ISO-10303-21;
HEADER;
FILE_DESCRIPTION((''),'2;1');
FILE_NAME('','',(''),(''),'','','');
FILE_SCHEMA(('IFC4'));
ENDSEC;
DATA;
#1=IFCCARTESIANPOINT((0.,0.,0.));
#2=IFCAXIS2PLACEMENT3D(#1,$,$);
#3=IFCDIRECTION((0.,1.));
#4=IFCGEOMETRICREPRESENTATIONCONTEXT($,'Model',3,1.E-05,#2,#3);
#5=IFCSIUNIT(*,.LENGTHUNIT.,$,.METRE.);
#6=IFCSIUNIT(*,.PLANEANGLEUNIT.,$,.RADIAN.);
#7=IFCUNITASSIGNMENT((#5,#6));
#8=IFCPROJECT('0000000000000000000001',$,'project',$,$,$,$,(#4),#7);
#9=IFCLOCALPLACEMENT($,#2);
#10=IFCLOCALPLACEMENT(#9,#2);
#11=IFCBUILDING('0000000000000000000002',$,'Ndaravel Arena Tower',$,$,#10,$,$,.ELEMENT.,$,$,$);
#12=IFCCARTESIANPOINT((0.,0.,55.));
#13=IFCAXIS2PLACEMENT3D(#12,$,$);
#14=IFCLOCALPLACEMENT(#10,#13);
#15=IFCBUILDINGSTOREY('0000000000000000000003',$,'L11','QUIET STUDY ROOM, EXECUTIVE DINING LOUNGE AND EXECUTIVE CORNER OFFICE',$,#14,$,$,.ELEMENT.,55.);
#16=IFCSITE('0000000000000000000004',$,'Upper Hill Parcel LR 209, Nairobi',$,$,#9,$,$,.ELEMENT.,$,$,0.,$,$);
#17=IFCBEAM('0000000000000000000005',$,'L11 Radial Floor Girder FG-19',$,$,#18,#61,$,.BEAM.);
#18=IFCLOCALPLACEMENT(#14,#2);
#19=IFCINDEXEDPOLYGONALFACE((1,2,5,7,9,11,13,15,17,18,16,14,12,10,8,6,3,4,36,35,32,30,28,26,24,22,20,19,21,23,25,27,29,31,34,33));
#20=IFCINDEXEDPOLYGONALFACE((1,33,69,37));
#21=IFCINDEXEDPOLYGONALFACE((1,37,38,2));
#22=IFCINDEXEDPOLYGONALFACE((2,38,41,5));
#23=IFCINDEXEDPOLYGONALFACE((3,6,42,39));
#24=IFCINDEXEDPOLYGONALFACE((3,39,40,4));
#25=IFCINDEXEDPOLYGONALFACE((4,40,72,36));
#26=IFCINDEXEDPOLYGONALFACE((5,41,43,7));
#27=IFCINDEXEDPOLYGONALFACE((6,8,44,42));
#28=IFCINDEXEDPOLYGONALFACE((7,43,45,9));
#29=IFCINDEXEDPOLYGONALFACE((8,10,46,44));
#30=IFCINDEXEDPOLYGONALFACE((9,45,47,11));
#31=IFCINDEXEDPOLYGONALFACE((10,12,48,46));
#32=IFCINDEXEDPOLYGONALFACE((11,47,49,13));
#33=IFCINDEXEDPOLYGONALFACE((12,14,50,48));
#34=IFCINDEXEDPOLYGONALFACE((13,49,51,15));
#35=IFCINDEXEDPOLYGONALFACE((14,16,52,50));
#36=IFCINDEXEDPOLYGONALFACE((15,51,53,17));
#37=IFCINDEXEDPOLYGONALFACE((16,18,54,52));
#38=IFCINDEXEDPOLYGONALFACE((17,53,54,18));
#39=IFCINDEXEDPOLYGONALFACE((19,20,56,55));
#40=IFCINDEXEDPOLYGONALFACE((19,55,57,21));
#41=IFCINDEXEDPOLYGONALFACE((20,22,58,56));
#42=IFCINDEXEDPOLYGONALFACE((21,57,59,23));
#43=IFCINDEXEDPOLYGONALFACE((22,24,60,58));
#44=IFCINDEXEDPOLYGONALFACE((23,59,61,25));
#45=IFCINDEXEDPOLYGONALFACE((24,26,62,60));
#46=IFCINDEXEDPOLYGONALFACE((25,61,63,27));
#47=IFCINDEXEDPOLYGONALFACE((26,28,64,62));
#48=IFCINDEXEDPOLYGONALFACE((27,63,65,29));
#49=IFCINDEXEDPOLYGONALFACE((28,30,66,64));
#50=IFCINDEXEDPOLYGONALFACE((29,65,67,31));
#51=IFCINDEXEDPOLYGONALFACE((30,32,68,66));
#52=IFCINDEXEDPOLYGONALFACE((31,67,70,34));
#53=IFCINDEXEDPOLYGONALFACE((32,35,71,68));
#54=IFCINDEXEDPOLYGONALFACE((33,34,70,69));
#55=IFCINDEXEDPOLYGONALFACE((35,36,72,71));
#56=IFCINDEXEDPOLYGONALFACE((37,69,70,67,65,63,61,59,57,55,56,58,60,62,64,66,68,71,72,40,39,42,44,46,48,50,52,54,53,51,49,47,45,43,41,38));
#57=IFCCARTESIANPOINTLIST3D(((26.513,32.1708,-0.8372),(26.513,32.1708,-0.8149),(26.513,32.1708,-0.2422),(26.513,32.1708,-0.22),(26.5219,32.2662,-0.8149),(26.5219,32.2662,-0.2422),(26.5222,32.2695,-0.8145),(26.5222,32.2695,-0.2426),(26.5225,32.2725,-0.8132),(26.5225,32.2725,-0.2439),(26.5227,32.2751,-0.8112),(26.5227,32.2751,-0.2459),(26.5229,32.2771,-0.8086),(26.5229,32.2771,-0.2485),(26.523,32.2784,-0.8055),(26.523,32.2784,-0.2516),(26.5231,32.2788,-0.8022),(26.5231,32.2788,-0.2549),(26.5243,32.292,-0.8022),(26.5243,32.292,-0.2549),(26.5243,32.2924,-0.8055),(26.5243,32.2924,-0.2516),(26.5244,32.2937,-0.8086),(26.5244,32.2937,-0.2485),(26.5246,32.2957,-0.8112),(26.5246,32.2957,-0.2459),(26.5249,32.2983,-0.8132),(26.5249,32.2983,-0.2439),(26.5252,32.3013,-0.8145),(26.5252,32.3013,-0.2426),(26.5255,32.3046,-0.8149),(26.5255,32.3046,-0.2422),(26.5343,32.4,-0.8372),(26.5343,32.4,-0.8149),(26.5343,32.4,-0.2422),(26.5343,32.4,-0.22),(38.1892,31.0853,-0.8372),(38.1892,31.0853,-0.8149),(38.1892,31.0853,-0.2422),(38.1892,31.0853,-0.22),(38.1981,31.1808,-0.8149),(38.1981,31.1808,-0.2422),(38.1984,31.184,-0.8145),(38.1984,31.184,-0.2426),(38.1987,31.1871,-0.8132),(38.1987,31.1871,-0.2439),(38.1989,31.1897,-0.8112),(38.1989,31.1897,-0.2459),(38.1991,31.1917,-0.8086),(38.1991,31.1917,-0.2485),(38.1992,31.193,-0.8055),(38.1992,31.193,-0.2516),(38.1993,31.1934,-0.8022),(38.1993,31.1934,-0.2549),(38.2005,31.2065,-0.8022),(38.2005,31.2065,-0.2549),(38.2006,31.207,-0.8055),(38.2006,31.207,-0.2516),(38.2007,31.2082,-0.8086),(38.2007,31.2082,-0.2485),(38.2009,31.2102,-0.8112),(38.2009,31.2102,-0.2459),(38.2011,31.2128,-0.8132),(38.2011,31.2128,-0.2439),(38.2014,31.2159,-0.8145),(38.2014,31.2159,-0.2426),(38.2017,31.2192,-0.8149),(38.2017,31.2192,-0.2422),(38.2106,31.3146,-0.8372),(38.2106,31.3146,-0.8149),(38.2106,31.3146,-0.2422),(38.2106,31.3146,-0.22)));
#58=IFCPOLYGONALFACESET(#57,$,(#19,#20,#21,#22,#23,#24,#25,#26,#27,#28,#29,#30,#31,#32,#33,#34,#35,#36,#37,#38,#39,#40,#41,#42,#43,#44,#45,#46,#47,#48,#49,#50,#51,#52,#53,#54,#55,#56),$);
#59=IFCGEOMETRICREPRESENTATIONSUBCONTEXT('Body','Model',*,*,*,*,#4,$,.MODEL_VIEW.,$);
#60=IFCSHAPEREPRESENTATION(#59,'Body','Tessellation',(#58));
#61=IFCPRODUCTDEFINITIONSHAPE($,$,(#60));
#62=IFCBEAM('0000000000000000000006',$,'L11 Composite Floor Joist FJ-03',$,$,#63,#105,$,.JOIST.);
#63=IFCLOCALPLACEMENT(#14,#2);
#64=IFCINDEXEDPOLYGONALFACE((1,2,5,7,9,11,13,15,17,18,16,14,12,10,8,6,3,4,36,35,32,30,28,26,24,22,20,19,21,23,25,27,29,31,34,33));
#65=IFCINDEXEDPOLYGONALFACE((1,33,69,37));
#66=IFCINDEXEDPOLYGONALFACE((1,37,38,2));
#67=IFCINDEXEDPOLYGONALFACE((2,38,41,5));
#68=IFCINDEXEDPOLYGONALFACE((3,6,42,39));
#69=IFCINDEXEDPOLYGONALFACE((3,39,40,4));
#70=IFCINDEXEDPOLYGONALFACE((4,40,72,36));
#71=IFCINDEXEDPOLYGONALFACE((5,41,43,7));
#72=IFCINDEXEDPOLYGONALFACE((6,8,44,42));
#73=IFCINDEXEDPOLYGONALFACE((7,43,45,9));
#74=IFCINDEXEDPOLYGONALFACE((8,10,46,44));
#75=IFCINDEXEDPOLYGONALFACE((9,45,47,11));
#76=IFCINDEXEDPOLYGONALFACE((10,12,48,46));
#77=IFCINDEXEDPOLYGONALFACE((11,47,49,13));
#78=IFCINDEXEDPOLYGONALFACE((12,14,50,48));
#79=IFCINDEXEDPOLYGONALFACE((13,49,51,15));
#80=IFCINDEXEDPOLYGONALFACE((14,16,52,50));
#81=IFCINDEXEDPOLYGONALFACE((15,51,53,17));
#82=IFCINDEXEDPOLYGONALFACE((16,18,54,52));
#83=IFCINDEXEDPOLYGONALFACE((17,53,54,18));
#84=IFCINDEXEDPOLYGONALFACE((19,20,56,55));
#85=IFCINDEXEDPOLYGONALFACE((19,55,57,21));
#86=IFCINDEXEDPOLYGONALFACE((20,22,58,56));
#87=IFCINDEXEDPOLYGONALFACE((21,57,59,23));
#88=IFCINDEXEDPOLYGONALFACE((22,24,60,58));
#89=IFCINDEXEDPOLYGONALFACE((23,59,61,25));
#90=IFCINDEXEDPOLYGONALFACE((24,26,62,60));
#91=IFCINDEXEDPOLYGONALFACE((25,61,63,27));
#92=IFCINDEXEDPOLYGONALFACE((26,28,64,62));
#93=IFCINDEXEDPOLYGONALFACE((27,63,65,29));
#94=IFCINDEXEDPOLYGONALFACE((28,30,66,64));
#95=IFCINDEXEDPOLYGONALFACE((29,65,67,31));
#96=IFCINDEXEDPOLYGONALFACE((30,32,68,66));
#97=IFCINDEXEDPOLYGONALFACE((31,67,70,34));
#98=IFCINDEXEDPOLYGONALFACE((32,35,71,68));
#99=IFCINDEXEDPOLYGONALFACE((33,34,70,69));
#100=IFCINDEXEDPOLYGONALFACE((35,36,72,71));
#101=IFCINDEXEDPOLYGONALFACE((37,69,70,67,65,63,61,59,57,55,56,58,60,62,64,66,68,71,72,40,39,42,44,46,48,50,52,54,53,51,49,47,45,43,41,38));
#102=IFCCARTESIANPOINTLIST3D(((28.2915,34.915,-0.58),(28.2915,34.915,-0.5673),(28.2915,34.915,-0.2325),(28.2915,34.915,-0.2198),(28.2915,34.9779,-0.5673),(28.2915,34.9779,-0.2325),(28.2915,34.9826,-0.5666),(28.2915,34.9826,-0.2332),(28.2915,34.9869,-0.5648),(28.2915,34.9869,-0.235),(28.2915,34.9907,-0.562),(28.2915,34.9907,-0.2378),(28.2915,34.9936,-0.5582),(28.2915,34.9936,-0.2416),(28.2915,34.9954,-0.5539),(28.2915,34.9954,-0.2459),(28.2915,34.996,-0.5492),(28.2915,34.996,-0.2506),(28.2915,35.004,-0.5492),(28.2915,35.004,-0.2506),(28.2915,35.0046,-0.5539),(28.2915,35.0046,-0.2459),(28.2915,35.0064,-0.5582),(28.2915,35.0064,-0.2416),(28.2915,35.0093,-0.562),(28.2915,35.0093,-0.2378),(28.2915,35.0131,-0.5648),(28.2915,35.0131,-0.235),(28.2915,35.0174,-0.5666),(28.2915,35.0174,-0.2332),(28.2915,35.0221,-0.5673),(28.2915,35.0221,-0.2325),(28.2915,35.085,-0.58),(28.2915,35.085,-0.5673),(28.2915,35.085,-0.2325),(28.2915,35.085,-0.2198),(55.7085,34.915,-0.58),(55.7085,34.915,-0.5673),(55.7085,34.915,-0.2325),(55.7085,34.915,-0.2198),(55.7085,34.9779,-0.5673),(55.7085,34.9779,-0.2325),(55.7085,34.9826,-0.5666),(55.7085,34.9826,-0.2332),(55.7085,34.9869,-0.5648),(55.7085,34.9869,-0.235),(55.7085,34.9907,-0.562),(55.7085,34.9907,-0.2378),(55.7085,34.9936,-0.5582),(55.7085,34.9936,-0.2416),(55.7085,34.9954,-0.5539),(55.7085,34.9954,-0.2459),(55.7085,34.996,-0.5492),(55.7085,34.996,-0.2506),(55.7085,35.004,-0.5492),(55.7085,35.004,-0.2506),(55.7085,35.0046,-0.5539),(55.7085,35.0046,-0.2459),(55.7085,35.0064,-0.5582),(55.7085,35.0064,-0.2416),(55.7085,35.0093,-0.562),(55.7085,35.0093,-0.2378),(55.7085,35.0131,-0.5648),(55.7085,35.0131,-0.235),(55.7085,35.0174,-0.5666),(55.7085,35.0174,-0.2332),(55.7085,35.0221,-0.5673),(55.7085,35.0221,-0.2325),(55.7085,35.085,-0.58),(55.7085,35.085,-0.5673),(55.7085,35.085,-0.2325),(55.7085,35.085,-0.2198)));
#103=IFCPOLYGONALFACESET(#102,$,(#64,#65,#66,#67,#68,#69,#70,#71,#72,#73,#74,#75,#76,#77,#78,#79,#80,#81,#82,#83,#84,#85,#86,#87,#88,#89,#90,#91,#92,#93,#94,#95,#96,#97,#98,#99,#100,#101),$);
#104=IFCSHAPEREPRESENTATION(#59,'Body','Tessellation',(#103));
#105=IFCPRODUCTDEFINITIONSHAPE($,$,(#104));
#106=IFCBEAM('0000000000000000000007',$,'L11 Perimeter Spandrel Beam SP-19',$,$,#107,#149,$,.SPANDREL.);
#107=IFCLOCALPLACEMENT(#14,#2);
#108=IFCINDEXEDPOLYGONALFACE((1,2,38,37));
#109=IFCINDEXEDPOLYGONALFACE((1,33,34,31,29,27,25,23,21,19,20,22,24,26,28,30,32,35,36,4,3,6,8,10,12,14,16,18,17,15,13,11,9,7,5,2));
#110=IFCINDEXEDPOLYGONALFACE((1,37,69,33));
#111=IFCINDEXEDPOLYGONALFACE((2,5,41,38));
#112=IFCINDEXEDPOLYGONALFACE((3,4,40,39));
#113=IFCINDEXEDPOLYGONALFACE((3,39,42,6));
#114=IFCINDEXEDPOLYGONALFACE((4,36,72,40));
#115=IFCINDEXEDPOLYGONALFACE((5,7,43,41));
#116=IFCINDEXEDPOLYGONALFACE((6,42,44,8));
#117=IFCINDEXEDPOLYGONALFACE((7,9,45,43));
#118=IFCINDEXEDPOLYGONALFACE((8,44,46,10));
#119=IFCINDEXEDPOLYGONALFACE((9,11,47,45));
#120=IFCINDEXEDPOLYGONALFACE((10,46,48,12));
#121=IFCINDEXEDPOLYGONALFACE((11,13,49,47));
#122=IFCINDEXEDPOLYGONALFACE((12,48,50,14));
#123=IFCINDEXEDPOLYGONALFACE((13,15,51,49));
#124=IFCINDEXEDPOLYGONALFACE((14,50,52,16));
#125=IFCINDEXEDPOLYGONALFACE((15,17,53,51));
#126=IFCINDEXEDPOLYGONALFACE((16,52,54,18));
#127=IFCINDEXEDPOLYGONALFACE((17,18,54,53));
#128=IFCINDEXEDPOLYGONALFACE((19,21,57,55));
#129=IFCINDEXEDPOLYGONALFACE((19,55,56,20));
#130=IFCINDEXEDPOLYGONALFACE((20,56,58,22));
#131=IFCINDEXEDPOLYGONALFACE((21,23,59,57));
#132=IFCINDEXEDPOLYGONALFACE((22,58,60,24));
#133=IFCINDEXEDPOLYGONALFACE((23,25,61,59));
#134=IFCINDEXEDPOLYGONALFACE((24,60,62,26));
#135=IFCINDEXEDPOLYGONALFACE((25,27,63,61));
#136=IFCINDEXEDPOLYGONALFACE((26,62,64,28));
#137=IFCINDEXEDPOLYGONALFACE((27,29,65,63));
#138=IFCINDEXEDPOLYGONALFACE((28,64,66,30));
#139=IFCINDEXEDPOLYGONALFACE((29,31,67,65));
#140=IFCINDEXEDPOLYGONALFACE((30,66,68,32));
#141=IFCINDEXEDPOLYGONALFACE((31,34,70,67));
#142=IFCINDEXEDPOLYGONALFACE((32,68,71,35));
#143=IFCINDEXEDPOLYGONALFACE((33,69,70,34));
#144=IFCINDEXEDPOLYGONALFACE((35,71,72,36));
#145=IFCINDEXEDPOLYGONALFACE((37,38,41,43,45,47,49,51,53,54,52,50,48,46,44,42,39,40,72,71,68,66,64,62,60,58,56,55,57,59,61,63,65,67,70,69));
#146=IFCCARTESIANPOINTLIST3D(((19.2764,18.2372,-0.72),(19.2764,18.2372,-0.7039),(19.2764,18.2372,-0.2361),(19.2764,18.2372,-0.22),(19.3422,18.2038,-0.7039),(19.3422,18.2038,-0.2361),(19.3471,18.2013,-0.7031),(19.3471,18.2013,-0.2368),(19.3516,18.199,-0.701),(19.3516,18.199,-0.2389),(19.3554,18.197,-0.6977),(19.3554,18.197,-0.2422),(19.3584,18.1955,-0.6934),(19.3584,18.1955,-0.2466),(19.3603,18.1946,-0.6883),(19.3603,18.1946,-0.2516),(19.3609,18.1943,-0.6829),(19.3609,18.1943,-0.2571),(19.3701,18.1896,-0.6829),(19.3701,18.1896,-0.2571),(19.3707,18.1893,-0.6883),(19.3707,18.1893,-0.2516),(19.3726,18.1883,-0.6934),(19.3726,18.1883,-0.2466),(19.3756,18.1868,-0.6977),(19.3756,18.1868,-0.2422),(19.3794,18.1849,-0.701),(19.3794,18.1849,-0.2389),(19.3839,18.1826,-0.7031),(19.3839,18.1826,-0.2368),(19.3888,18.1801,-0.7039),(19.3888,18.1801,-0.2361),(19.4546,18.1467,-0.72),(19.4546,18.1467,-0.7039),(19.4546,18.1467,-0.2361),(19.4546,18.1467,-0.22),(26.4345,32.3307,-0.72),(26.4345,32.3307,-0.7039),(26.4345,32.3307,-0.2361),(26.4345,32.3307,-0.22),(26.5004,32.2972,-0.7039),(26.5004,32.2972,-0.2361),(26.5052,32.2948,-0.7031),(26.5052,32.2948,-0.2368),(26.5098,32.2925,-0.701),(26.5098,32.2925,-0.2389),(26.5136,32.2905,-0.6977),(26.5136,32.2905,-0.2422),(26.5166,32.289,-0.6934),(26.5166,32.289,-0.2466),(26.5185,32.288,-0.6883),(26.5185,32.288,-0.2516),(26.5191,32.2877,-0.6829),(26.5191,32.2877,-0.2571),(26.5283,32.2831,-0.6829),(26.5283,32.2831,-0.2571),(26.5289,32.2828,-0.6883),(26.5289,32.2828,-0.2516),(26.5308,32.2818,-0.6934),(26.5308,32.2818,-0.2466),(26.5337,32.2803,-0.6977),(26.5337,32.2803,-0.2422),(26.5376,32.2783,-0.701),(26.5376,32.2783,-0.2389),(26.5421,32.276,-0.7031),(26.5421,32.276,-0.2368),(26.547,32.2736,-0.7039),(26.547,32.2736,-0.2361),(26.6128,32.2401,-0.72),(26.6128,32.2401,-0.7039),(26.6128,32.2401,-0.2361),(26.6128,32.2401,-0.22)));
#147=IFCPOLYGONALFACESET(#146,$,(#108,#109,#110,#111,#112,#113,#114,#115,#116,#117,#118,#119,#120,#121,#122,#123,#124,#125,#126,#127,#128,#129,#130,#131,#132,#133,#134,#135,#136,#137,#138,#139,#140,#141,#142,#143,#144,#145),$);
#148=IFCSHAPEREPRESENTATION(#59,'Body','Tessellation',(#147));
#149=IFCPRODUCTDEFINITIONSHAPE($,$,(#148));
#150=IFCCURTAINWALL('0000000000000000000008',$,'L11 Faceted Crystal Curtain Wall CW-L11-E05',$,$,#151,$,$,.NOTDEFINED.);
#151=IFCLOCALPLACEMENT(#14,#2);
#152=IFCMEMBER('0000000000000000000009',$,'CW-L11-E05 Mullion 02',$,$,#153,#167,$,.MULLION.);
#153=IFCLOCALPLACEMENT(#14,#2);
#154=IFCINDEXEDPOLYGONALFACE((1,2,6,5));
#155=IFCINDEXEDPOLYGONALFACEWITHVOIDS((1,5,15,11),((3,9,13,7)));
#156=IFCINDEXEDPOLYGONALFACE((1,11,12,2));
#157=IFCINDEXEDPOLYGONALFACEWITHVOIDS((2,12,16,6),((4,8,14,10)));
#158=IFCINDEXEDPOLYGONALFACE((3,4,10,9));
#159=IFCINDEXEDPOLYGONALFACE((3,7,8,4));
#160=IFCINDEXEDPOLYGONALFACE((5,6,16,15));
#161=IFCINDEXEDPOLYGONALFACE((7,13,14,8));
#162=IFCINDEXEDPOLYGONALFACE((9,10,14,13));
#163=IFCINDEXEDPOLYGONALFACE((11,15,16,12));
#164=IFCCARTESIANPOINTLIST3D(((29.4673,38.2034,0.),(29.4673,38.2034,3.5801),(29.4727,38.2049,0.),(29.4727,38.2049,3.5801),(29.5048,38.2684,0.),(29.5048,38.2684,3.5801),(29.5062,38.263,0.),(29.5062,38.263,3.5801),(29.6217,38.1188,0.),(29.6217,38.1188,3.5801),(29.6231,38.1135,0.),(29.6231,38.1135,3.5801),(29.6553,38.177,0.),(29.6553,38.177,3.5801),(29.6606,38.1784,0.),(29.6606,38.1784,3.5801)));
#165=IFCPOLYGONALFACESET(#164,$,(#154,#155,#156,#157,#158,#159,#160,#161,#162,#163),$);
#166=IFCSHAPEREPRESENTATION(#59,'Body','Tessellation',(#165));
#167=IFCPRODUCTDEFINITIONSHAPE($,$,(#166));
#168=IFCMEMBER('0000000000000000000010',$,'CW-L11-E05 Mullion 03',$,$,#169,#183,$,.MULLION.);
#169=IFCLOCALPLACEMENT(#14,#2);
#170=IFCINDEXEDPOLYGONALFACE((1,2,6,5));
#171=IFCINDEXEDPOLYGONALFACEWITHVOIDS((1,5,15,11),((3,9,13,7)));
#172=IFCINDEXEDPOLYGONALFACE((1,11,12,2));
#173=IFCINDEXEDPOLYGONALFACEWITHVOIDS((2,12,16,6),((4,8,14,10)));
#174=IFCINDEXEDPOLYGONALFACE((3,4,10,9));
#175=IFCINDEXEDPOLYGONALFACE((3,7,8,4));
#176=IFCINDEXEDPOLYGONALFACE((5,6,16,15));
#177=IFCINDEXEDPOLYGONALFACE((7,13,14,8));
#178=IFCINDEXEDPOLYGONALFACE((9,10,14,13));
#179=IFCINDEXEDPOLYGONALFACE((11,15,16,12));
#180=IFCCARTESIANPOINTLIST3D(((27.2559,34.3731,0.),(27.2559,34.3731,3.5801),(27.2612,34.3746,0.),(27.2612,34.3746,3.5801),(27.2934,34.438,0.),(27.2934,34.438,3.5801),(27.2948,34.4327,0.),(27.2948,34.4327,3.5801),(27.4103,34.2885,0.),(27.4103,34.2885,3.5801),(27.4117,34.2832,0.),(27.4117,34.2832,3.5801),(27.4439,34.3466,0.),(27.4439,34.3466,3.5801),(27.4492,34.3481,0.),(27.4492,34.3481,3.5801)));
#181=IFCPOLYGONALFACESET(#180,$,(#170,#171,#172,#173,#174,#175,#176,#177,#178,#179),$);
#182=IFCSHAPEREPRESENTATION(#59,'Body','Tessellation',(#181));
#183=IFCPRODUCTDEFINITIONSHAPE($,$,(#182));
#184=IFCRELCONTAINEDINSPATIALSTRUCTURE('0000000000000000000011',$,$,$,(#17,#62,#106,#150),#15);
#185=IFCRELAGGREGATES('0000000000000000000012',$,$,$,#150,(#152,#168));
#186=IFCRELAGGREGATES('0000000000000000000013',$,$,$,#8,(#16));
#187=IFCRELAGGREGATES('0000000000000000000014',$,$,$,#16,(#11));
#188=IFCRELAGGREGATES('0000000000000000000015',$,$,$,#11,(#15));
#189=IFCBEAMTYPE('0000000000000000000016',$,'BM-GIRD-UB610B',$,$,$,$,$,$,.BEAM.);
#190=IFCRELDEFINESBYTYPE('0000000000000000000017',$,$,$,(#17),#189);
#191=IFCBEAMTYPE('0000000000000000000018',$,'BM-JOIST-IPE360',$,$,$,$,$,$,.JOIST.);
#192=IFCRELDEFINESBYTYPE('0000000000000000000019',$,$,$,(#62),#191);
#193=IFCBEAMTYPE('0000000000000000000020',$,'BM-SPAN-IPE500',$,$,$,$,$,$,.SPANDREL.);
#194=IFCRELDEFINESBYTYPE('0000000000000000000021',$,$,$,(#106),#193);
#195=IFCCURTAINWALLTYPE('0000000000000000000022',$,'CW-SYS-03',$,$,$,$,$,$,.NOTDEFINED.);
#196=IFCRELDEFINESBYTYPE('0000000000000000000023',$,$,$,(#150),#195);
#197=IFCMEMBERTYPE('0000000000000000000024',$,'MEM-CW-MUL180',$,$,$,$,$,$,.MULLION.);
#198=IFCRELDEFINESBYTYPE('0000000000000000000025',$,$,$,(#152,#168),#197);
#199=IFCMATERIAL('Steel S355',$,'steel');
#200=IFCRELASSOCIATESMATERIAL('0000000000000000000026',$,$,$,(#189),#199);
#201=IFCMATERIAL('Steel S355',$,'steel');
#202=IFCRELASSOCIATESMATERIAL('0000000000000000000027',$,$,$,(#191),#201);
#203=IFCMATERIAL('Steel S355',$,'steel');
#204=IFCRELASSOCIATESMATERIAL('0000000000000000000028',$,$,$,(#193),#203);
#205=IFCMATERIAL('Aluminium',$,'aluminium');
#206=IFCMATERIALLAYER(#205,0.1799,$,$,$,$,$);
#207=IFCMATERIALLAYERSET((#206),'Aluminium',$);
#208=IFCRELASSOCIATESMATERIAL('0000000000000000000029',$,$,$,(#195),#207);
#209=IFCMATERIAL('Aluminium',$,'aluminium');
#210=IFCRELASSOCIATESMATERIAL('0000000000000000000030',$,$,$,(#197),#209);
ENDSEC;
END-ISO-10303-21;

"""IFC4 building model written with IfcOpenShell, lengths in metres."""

from ifc_helpers import new_model, si_unit, direction, frame, origin, origin_2d, place, context, subcontext, project, spatial, hollow_rectangle, i_section, extrude, material, layer, layer_set, material_profile, profile_set, type_object, element, aggregate, save


model = new_model("IFC4")

# Units and contexts
model_context = context("Model", 3, precision=1e-05, world=origin(), true_north=direction((0.0, 1.0)))
body_context = subcontext(model_context, "Body", "Model", "MODEL_VIEW")
ifc_project = project(units=[si_unit("LENGTHUNIT", "METRE"), si_unit("PLANEANGLEUNIT", "RADIAN")], contexts=[model_context])

# Site, building, storey
site_placement = place(None, origin())
site = spatial("IfcSite", under=ifc_project, at=site_placement, Name="Upper Hill Parcel LR 209, Nairobi", CompositionType="ELEMENT", RefElevation=0.0)
building_placement = place(site_placement, origin())
building = spatial("IfcBuilding", under=site, at=building_placement, Name="Ndaravel Arena Tower", CompositionType="ELEMENT")
storey_placement = place(building_placement, frame((0.0, 0.0, 55.0)))
storey = spatial("IfcBuildingStorey", under=building, at=storey_placement, Name="L11", Description="QUIET STUDY ROOM, EXECUTIVE DINING LOUNGE AND EXECUTIVE CORNER OFFICE", CompositionType="ELEMENT", Elevation=55.0)

# Beams
ifc_material_1 = material(Name="Steel S355", Category="steel")
ifc_material_profile_1 = material_profile(ifc_material_1, i_section(OverallWidth=0.2302, OverallDepth=0.6172, WebThickness=0.0132, FlangeThickness=0.0222, FilletRadius=0.0127, at=origin_2d()), Name="UB 610x229x140")
ifc_profile_set_1 = profile_set([ifc_material_profile_1], Name="Steel S355")
beam_type_1 = type_object("IfcBeamType", Name="BM-GIRD-UB610B", PredefinedType="BEAM", material=ifc_profile_set_1)
beam_1_placement = place(storey_placement, frame((26.5237, 32.2854, -0.5286), z_axis=(0.995707, -0.092563, 0.0), x_axis=(0.092563, 0.995707, 0.0)))
element("IfcBeam", 1, at=beam_1_placement, inside=storey, type_object=beam_type_1, Name="L11 Radial Floor Girder FG-19", PredefinedType="BEAM", context=body_context, shape_type="SweptSolid", body=[
    extrude(i_section(OverallWidth=0.2302, OverallDepth=0.6172, WebThickness=0.0132, FlangeThickness=0.0222, FilletRadius=0.0127, at=origin_2d()), origin(), (0.0, 0.0, 1.0), 11.7266),
])
ifc_material_2 = material(Name="Steel S355", Category="steel")
ifc_material_profile_2 = material_profile(ifc_material_2, i_section(OverallWidth=0.1699, OverallDepth=0.3601, WebThickness=0.0081, FlangeThickness=0.0127, FilletRadius=0.0181, at=origin_2d()), Name="IPE 360")
ifc_profile_set_2 = profile_set([ifc_material_profile_2], Name="Steel S355")
beam_type_2 = type_object("IfcBeamType", Name="BM-JOIST-IPE360", PredefinedType="JOIST", material=ifc_profile_set_2)
beam_2_placement = place(storey_placement, frame((28.2915, 35.0, -0.3999), z_axis=(1.0, 0.0, 0.0), x_axis=(0.0, 1.0, 0.0)))
element("IfcBeam", 2, at=beam_2_placement, inside=storey, type_object=beam_type_2, Name="L11 Composite Floor Joist FJ-03", PredefinedType="JOIST", context=body_context, shape_type="SweptSolid", body=[
    extrude(i_section(OverallWidth=0.1699, OverallDepth=0.3601, WebThickness=0.0081, FlangeThickness=0.0127, FilletRadius=0.0181, at=origin_2d()), origin(), (0.0, 0.0, 1.0), 27.417),
])
ifc_material_3 = material(Name="Steel S355", Category="steel")
ifc_material_profile_3 = material_profile(ifc_material_3, i_section(OverallWidth=0.2, OverallDepth=0.5, WebThickness=0.0103, FlangeThickness=0.0161, FilletRadius=0.021, at=origin_2d()), Name="IPE 500")
ifc_profile_set_3 = profile_set([ifc_material_profile_3], Name="Steel S355")
beam_type_3 = type_object("IfcBeamType", Name="BM-SPAN-IPE500", PredefinedType="SPANDREL", material=ifc_profile_set_3)
beam_3_placement = place(storey_placement, frame((26.5237, 32.2854, -0.47), z_axis=(-0.452845, -0.891589, 0.0), x_axis=(0.891589, -0.452845, 0.0)))
element("IfcBeam", 3, at=beam_3_placement, inside=storey, type_object=beam_type_3, Name="L11 Perimeter Spandrel Beam SP-19", PredefinedType="SPANDREL", context=body_context, shape_type="SweptSolid", body=[
    extrude(i_section(OverallWidth=0.2, OverallDepth=0.5, WebThickness=0.0103, FlangeThickness=0.0161, FilletRadius=0.021, at=origin_2d()), origin(), (0.0, 0.0, 1.0), 15.8071),
])

# Curtain wall, members
ifc_material_4 = material(Name="Aluminium", Category="aluminium")
ifc_layer_1 = layer(ifc_material_4, 0.1799)
ifc_layer_set_1 = layer_set([ifc_layer_1], Name="Aluminium")
curtain_wall_type = type_object("IfcCurtainWallType", Name="CW-SYS-03", PredefinedType="NOTDEFINED", material=ifc_layer_set_1)
curtain_wall_placement = place(storey_placement, origin())
curtain_wall = element("IfcCurtainWall", 4, at=curtain_wall_placement, inside=storey, type_object=curtain_wall_type, Name="L11 Faceted Crystal Curtain Wall CW-L11-E05", PredefinedType="NOTDEFINED")
ifc_material_5 = material(Name="Aluminium", Category="aluminium")
ifc_material_profile_4 = material_profile(ifc_material_5, hollow_rectangle(XDim=0.075, YDim=0.1799, WallThickness=0.0039, at=origin_2d()), Name="CW MULLION 75x180x4")
ifc_profile_set_4 = profile_set([ifc_material_profile_4], Name="Aluminium")
member_type = type_object("IfcMemberType", Name="MEM-CW-MUL180", PredefinedType="MULLION", material=ifc_profile_set_4)
member_1_placement = place(storey_placement, frame((29.564, 38.1909, 0.0), z_axis=(0.0, 0.0, 1.0), x_axis=(-0.5, -0.866025, 0.0)))
member_1 = element("IfcMember", 5, at=member_1_placement, type_object=member_type, Name="CW-L11-E05 Mullion 02", PredefinedType="MULLION", context=body_context, shape_type="SweptSolid", body=[
    extrude(hollow_rectangle(XDim=0.075, YDim=0.1799, WallThickness=0.0039, at=origin_2d()), origin(), (0.0, 0.0, 1.0), 3.5801),
])
member_2_placement = place(storey_placement, frame((27.3525, 34.3606, 0.0), z_axis=(0.0, 0.0, 1.0), x_axis=(-0.5, -0.866025, 0.0)))
member_2 = element("IfcMember", 6, at=member_2_placement, type_object=member_type, Name="CW-L11-E05 Mullion 03", PredefinedType="MULLION", context=body_context, shape_type="SweptSolid", body=[
    extrude(hollow_rectangle(XDim=0.075, YDim=0.1799, WallThickness=0.0039, at=origin_2d()), origin(), (0.0, 0.0, 1.0), 3.5801),
])
aggregate(curtain_wall, [member_1, member_2])

save(model, "model.ifc")
